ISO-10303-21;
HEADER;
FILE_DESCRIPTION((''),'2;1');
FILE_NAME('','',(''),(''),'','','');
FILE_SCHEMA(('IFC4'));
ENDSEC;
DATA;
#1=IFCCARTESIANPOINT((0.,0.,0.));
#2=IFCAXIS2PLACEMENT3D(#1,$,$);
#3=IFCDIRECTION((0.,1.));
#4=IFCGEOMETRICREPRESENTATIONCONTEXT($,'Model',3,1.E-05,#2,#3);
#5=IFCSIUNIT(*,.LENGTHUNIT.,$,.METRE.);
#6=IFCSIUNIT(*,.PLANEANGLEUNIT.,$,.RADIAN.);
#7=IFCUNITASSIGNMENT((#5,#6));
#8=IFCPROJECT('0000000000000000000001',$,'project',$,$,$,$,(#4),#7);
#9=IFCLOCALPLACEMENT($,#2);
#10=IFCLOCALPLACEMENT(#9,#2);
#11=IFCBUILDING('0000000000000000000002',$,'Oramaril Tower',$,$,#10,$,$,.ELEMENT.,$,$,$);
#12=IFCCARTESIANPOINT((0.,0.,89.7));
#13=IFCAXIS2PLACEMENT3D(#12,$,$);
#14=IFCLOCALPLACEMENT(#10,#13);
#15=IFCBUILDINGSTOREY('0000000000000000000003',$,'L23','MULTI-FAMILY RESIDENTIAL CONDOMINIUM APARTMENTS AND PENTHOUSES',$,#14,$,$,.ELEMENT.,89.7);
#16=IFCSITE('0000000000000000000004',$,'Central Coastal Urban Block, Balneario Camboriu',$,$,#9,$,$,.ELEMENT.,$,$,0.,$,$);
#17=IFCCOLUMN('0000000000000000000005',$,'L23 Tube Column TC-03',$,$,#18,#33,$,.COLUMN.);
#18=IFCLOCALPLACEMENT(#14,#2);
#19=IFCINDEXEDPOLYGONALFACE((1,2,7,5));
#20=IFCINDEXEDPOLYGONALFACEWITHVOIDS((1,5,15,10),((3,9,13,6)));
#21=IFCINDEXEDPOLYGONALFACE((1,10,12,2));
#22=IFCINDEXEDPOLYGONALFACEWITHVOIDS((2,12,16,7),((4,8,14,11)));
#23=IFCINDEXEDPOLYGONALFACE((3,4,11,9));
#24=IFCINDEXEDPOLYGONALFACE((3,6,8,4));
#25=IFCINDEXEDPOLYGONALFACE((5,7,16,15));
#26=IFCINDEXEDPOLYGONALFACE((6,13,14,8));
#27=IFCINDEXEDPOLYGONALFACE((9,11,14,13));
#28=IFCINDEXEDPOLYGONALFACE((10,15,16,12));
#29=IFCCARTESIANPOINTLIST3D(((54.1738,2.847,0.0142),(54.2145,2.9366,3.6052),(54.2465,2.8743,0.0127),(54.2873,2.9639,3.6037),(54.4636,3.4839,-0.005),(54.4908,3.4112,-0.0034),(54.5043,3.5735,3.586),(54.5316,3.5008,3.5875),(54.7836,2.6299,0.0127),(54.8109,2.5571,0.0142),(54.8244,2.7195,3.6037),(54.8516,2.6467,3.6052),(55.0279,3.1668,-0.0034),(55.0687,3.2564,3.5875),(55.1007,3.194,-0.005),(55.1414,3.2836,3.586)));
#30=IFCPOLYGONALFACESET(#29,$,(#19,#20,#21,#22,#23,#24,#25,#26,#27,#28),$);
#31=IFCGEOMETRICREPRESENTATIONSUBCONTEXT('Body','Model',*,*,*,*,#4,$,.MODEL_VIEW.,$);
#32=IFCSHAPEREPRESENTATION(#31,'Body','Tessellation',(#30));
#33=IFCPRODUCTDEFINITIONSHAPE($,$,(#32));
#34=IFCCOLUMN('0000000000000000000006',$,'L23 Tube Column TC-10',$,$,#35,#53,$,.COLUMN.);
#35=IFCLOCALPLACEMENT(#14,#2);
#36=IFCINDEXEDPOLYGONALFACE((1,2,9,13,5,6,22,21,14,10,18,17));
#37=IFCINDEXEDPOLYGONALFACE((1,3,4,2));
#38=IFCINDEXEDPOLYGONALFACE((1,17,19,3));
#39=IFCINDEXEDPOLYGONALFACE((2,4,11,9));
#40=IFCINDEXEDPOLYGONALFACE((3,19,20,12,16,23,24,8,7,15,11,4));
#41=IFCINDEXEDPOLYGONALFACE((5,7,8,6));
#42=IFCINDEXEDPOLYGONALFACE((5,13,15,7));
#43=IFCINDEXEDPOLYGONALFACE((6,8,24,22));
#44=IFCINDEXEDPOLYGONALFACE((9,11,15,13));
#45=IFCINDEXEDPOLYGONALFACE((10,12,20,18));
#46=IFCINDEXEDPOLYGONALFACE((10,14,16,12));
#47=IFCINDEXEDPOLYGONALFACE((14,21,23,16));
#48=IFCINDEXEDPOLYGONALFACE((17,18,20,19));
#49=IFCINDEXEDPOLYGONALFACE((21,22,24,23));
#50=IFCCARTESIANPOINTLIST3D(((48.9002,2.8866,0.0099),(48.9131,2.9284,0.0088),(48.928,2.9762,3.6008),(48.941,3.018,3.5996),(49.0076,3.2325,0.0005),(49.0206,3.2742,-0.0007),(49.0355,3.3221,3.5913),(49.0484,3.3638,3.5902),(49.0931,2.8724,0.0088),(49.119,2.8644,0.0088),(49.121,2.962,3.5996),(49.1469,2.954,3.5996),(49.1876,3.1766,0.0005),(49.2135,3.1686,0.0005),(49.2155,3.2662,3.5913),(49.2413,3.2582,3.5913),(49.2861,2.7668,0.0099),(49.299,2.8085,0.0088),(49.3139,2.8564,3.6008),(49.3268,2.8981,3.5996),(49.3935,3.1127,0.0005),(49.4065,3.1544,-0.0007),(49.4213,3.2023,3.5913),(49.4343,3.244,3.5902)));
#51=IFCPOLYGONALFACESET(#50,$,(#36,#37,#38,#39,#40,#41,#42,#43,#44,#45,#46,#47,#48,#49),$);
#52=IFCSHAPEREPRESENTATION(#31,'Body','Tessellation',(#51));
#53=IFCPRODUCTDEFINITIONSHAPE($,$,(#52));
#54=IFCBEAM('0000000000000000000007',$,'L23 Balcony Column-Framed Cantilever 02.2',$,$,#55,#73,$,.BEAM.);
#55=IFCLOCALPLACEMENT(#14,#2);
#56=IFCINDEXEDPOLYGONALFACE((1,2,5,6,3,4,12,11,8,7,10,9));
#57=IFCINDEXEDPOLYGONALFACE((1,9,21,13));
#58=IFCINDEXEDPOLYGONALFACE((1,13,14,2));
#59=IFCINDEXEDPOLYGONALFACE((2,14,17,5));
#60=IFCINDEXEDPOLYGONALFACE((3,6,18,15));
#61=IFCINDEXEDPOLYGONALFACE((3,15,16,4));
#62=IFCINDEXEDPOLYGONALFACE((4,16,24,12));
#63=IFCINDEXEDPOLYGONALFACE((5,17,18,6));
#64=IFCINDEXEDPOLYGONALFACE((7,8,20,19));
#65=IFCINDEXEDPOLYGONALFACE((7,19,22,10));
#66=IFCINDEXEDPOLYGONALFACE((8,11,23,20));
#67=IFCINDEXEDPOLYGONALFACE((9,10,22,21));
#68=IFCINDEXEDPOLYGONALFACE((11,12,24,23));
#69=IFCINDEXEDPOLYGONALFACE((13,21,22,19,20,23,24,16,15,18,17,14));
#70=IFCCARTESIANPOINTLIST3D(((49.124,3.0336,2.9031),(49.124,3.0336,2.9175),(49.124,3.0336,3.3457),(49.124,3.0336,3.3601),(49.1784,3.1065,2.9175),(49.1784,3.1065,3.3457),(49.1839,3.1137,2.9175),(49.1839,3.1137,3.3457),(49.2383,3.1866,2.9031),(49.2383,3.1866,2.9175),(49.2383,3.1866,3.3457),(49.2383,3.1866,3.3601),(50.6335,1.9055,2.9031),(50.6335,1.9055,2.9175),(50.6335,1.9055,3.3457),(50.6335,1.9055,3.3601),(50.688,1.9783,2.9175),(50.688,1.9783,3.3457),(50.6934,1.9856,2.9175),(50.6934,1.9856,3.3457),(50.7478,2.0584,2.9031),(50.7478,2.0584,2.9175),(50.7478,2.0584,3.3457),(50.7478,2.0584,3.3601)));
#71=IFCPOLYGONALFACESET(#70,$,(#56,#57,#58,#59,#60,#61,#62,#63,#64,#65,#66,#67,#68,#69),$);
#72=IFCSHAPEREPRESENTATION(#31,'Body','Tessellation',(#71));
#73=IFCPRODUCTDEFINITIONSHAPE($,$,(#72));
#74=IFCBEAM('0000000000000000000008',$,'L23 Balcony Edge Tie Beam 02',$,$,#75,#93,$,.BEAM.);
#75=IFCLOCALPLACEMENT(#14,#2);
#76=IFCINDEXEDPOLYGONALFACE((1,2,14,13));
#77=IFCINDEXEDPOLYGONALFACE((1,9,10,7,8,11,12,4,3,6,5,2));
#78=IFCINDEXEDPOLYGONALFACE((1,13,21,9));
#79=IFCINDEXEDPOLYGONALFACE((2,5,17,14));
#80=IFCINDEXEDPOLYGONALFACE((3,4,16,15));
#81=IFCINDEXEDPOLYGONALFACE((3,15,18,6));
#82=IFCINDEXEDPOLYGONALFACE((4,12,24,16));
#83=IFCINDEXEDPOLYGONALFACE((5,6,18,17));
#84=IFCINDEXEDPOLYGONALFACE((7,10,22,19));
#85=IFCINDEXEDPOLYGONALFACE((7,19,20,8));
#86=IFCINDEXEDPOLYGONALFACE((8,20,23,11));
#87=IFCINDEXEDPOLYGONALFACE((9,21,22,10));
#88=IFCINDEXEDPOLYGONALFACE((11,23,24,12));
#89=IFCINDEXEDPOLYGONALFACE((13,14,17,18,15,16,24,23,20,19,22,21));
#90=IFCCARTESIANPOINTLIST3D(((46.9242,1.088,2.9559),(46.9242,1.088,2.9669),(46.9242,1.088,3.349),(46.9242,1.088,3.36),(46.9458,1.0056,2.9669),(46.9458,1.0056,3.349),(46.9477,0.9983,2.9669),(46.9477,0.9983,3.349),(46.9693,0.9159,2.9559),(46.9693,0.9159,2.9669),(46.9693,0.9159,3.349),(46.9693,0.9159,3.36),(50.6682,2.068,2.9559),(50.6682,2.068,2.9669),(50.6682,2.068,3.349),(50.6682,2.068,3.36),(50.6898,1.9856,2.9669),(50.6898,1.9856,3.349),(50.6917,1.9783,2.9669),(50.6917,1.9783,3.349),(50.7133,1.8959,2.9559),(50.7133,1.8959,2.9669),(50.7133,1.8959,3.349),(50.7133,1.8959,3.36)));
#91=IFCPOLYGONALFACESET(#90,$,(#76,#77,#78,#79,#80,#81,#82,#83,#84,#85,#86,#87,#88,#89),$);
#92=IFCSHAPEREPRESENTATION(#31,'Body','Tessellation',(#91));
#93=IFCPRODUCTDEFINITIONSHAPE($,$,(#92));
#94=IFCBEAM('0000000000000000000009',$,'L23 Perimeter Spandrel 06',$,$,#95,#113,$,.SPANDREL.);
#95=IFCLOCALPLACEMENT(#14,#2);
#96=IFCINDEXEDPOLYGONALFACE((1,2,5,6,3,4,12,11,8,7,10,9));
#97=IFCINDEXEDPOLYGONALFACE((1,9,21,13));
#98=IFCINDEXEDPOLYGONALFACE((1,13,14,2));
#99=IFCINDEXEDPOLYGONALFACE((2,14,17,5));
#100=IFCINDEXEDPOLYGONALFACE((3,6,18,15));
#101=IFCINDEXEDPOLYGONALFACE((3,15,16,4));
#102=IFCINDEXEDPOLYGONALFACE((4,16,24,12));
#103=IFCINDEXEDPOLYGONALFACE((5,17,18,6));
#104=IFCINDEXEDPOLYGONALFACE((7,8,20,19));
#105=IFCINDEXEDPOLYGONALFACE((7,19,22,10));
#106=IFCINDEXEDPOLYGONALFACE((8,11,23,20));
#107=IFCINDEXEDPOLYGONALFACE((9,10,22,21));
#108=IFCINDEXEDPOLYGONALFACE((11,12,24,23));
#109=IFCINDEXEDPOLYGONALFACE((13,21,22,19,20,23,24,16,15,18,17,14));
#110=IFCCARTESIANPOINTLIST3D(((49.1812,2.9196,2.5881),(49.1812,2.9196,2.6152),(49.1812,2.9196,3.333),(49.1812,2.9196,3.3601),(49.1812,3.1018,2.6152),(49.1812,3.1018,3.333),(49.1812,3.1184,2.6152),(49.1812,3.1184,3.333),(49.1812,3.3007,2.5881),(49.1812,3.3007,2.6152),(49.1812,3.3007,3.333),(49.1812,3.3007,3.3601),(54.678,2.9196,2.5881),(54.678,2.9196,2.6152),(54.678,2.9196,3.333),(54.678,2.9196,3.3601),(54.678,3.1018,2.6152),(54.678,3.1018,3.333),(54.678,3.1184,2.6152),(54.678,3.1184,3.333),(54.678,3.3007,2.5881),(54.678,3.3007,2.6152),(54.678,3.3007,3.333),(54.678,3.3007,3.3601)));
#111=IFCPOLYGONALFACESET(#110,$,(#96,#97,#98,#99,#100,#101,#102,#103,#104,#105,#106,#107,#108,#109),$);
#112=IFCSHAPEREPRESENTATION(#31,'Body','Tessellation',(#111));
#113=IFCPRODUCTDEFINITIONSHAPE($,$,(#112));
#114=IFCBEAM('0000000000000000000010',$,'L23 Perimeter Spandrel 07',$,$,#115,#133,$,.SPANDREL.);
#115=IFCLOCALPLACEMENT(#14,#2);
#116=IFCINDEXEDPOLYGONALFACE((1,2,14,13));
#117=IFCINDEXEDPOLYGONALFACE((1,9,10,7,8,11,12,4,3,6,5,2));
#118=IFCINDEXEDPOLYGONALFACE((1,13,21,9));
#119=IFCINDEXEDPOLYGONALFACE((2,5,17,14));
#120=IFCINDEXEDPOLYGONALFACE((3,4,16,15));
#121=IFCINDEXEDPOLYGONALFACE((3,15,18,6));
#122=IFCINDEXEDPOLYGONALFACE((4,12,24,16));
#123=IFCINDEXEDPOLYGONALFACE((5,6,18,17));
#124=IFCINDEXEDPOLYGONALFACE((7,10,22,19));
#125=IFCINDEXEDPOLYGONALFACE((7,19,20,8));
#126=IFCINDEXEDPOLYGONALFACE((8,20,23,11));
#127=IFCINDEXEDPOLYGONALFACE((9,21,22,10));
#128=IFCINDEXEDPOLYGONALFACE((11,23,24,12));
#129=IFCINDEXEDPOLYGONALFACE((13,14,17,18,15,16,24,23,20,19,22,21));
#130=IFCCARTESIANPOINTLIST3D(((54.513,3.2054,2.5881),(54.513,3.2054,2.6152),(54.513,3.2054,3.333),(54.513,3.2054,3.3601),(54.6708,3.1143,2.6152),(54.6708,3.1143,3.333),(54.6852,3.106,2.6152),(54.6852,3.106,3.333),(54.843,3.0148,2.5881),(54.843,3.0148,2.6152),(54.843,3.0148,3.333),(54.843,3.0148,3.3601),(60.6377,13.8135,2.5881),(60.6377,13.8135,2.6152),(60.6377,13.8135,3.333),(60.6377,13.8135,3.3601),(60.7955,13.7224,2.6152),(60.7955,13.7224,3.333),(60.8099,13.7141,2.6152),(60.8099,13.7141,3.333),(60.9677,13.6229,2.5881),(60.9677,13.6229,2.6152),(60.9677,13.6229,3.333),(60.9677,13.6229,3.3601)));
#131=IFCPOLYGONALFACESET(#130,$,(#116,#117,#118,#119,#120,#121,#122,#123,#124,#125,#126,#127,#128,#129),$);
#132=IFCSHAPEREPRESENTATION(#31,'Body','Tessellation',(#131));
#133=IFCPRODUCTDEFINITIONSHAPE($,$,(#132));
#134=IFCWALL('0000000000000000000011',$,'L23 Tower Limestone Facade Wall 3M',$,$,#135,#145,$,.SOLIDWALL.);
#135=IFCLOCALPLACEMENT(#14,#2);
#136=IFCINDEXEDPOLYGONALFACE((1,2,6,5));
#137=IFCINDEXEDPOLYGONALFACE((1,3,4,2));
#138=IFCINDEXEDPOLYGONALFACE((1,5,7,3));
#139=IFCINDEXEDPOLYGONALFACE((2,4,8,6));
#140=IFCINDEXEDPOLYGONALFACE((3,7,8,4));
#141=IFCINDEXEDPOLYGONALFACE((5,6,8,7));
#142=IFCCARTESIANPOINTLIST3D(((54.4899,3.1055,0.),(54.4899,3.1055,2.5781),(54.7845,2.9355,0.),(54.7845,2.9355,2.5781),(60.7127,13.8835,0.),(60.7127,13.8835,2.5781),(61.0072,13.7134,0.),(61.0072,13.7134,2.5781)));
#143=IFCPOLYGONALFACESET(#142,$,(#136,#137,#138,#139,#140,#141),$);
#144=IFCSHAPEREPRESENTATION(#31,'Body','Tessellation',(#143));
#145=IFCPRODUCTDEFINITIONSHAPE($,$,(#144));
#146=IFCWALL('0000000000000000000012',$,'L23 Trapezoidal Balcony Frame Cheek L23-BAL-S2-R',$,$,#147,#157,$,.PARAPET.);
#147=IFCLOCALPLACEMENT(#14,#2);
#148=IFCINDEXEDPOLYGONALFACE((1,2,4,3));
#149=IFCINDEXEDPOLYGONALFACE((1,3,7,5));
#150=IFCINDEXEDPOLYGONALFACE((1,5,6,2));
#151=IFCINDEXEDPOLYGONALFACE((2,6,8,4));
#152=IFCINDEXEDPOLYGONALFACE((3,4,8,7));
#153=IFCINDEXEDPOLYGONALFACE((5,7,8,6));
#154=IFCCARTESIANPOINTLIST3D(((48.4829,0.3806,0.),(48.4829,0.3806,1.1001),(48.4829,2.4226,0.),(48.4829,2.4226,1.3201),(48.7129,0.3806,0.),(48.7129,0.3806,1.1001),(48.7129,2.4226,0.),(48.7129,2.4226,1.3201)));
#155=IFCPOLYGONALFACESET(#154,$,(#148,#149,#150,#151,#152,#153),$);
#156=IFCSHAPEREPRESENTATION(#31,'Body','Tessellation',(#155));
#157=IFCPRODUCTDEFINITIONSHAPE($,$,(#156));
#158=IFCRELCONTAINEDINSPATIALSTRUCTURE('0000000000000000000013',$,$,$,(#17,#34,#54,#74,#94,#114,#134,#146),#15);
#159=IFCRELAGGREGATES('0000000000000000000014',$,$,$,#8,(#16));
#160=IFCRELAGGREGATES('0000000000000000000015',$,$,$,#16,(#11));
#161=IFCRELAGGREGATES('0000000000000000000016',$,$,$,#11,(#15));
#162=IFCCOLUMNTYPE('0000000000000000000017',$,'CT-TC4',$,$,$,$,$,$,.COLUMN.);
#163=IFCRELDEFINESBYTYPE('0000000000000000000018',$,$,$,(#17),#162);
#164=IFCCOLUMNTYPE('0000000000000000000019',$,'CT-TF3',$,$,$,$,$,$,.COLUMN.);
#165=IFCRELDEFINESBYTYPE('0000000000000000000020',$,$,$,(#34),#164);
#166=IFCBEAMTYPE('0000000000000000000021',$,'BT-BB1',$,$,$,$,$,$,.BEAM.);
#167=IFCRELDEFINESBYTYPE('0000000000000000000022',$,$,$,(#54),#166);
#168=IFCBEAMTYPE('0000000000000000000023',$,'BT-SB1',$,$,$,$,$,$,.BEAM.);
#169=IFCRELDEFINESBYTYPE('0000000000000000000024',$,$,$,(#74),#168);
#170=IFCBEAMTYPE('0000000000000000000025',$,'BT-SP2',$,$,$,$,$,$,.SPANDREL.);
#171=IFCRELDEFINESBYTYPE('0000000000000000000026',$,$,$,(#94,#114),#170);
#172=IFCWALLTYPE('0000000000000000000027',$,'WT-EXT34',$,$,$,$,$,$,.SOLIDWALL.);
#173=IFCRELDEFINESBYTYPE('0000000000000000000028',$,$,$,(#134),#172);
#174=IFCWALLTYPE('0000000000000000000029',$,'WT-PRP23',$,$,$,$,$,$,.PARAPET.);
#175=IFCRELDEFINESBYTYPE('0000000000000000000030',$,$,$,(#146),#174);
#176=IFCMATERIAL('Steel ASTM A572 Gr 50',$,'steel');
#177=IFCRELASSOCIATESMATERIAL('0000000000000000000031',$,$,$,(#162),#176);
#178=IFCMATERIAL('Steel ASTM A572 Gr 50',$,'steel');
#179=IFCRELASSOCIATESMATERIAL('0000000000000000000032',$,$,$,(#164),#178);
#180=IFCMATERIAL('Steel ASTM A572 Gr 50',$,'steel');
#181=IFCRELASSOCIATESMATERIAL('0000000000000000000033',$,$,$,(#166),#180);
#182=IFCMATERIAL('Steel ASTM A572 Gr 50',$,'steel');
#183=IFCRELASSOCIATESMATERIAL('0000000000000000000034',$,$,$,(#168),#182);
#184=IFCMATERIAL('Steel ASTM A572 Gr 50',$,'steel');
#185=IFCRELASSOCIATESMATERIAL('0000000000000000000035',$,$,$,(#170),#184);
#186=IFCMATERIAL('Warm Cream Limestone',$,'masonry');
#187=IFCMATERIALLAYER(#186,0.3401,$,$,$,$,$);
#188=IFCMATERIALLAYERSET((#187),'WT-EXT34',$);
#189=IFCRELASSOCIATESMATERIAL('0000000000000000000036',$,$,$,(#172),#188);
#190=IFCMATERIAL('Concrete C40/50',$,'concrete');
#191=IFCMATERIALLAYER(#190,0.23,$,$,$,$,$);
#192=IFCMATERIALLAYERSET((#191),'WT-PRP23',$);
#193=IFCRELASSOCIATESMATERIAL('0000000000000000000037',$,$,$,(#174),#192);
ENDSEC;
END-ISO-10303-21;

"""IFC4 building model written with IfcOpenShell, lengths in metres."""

from ifc_helpers import new_model, si_unit, direction, frame, frame_2d, origin, origin_2d, place, context, subcontext, project, spatial, polyline, rectangle, hollow_rectangle, i_section, outline, extrude, material, layer, layer_set, material_profile, profile_set, type_object, element, save


model = new_model("IFC4")

# Units and contexts
model_context = context("Model", 3, precision=1e-05, world=origin(), true_north=direction((0.0, 1.0)))
body_context = subcontext(model_context, "Body", "Model", "MODEL_VIEW")
ifc_project = project(units=[si_unit("LENGTHUNIT", "METRE"), si_unit("PLANEANGLEUNIT", "RADIAN")], contexts=[model_context])

# Site, building, storey
site_placement = place(None, origin())
site = spatial("IfcSite", under=ifc_project, at=site_placement, Name="Central Coastal Urban Block, Balneario Camboriu", CompositionType="ELEMENT", RefElevation=0.0)
building_placement = place(site_placement, origin())
building = spatial("IfcBuilding", under=site, at=building_placement, Name="Oramaril Tower", CompositionType="ELEMENT")
storey_placement = place(building_placement, frame((0.0, 0.0, 89.7)))
storey = spatial("IfcBuildingStorey", under=building, at=storey_placement, Name="L23", Description="MULTI-FAMILY RESIDENTIAL CONDOMINIUM APARTMENTS AND PENTHOUSES", CompositionType="ELEMENT", Elevation=89.7)

# Columns
ifc_material_1 = material(Name="Steel ASTM A572 Gr 50", Category="steel")
ifc_material_profile_1 = material_profile(ifc_material_1, hollow_rectangle(XDim=0.7, YDim=0.7, WallThickness=0.0549, at=origin_2d()), Name="BOX700X700X55")
ifc_profile_set_1 = profile_set([ifc_material_profile_1], Name="Steel ASTM A572 Gr 50")
column_type_1 = type_object("IfcColumnType", Name="CT-TC4", PredefinedType="COLUMN", material=ifc_profile_set_1)
column_1_placement = place(storey_placement, frame((54.6372, 3.0205, 0.0046), z_axis=(0.01135, 0.024943, 0.999624), x_axis=(-0.910197, 0.414177, 0.0)))
element("IfcColumn", 1, at=column_1_placement, inside=storey, type_object=column_type_1, Name="L23 Tube Column TC-03", PredefinedType="COLUMN", context=body_context, shape_type="SweptSolid", body=[
    extrude(hollow_rectangle(XDim=0.7, YDim=0.7, WallThickness=0.0549, at=origin_2d()), origin(), (0.0, 0.0, 1.0), 3.5923),
])
ifc_material_2 = material(Name="Steel ASTM A572 Gr 50", Category="steel")
ifc_material_profile_2 = material_profile(ifc_material_2, i_section(OverallWidth=0.4041, OverallDepth=0.406, WebThickness=0.0271, FlangeThickness=0.0437, at=origin_2d()), Name="W14X233")
ifc_profile_set_2 = profile_set([ifc_material_profile_2], Name="Steel ASTM A572 Gr 50")
column_type_2 = type_object("IfcColumnType", Name="CT-TF3", PredefinedType="COLUMN", material=ifc_profile_set_2)
column_2_placement = place(storey_placement, frame((49.1533, 3.0205, 0.0046), z_axis=(0.007748, 0.024944, 0.999659), x_axis=(-0.954988, 0.296645, 0.0)))
element("IfcColumn", 2, at=column_2_placement, inside=storey, type_object=column_type_2, Name="L23 Tube Column TC-10", PredefinedType="COLUMN", context=body_context, shape_type="SweptSolid", body=[
    extrude(i_section(OverallWidth=0.4041, OverallDepth=0.406, WebThickness=0.0271, FlangeThickness=0.0437, at=origin_2d()), origin(), (0.0, 0.0, 1.0), 3.592),
])

# Beams
ifc_material_3 = material(Name="Steel ASTM A572 Gr 50", Category="steel")
ifc_material_profile_3 = material_profile(ifc_material_3, i_section(OverallWidth=0.1909, OverallDepth=0.457, WebThickness=0.009, FlangeThickness=0.0144, at=origin_2d()), Name="W18X50")
ifc_profile_set_3 = profile_set([ifc_material_profile_3], Name="Steel ASTM A572 Gr 50")
beam_type_1 = type_object("IfcBeamType", Name="BT-BB1", PredefinedType="BEAM", material=ifc_profile_set_3)
beam_1_placement = place(storey_placement, frame((49.1812, 3.1101, 3.1316), z_axis=(0.801009, -0.598652, 0.0), x_axis=(0.598652, 0.801009, 0.0)))
element("IfcBeam", 3, at=beam_1_placement, inside=storey, type_object=beam_type_1, Name="L23 Balcony Column-Framed Cantilever 02.2", PredefinedType="BEAM", context=body_context, shape_type="SweptSolid", body=[
    extrude(i_section(OverallWidth=0.1909, OverallDepth=0.457, WebThickness=0.009, FlangeThickness=0.0144, at=origin_2d()), origin(), (0.0, 0.0, 1.0), 1.8845),
])
ifc_material_4 = material(Name="Steel ASTM A572 Gr 50", Category="steel")
ifc_material_profile_4 = material_profile(ifc_material_4, i_section(OverallWidth=0.178, OverallDepth=0.4041, WebThickness=0.0076, FlangeThickness=0.011, at=origin_2d()), Name="W16X36")
ifc_profile_set_4 = profile_set([ifc_material_profile_4], Name="Steel ASTM A572 Gr 50")
beam_type_2 = type_object("IfcBeamType", Name="BT-SB1", PredefinedType="BEAM", material=ifc_profile_set_4)
beam_2_placement = place(storey_placement, frame((46.9468, 1.002, 3.158), z_axis=(0.967408, 0.253223, 0.0), x_axis=(-0.253223, 0.967408, 0.0)))
element("IfcBeam", 4, at=beam_2_placement, inside=storey, type_object=beam_type_2, Name="L23 Balcony Edge Tie Beam 02", PredefinedType="BEAM", context=body_context, shape_type="SweptSolid", body=[
    extrude(i_section(OverallWidth=0.178, OverallDepth=0.4041, WebThickness=0.0076, FlangeThickness=0.011, at=origin_2d()), origin(), (0.0, 0.0, 1.0), 3.8701),
])
ifc_material_5 = material(Name="Steel ASTM A572 Gr 50", Category="steel")
ifc_material_profile_5 = material_profile(ifc_material_5, i_section(OverallWidth=0.3811, OverallDepth=0.772, WebThickness=0.0166, FlangeThickness=0.0271, at=origin_2d()), Name="W30X173")
ifc_profile_set_5 = profile_set([ifc_material_profile_5], Name="Steel ASTM A572 Gr 50")
beam_type_3 = type_object("IfcBeamType", Name="BT-SP2", PredefinedType="SPANDREL", material=ifc_profile_set_5)
beam_3_placement = place(storey_placement, frame((49.1812, 3.1101, 2.9741), z_axis=(1.0, 0.0, 0.0), x_axis=(0.0, 1.0, 0.0)))
element("IfcBeam", 5, at=beam_3_placement, inside=storey, type_object=beam_type_3, Name="L23 Perimeter Spandrel 06", PredefinedType="SPANDREL", context=body_context, shape_type="SweptSolid", body=[
    extrude(i_section(OverallWidth=0.3811, OverallDepth=0.772, WebThickness=0.0166, FlangeThickness=0.0271, at=origin_2d()), origin(), (0.0, 0.0, 1.0), 5.4968),
])
beam_4_placement = place(storey_placement, frame((54.678, 3.1101, 2.9741), z_axis=(0.500008, 0.866021, 0.0), x_axis=(-0.866021, 0.500008, 0.0)))
element("IfcBeam", 6, at=beam_4_placement, inside=storey, type_object=beam_type_3, Name="L23 Perimeter Spandrel 07", PredefinedType="SPANDREL", context=body_context, shape_type="SweptSolid", body=[
    extrude(i_section(OverallWidth=0.3811, OverallDepth=0.772, WebThickness=0.0166, FlangeThickness=0.0271, at=origin_2d()), origin(), (0.0, 0.0, 1.0), 12.2493),
])

# Walls
ifc_material_6 = material(Name="Warm Cream Limestone", Category="masonry")
ifc_layer_1 = layer(ifc_material_6, 0.3401)
ifc_layer_set_1 = layer_set([ifc_layer_1], Name="WT-EXT34")
wall_type_1 = type_object("IfcWallType", Name="WT-EXT34", PredefinedType="SOLIDWALL", material=ifc_layer_set_1)
wall_1_placement = place(storey_placement, frame((54.6372, 3.0205, 0.0), z_axis=(0.0, 0.0, 1.0), x_axis=(0.500004, 0.866023, 0.0)))
element("IfcWall", 7, at=wall_1_placement, inside=storey, type_object=wall_type_1, Name="L23 Tower Limestone Facade Wall 3M", PredefinedType="SOLIDWALL", context=body_context, shape_type="SweptSolid", body=[
    extrude(rectangle(XDim=12.4453, YDim=0.3401, at=frame_2d((6.2227, 0.0))), origin(), (0.0, 0.0, 1.0), 2.5781),
])
ifc_material_7 = material(Name="Concrete C40/50", Category="concrete")
ifc_layer_2 = layer(ifc_material_7, 0.23)
ifc_layer_set_2 = layer_set([ifc_layer_2], Name="WT-PRP23")
wall_type_2 = type_object("IfcWallType", Name="WT-PRP23", PredefinedType="PARAPET", material=ifc_layer_set_2)
wall_2_placement = place(storey_placement, frame((48.5979, 2.4226, 0.0), z_axis=(0.0, 0.0, 1.0), x_axis=(0.0, -1.0, 0.0)))
element("IfcWall", 8, at=wall_2_placement, inside=storey, type_object=wall_type_2, Name="L23 Trapezoidal Balcony Frame Cheek L23-BAL-S2-R", PredefinedType="PARAPET", context=body_context, shape_type="SweptSolid", body=[
    extrude(outline(polyline([(0.0, 0.0), (2.042, 0.0), (2.042, 1.1001), (0.0, 1.3201), (0.0, 0.0)])), frame((0.0, 0.115, 0.0), z_axis=(0.0, -1.0, 0.0), x_axis=(1.0, 0.0, 0.0)), (0.0, 0.0, 1.0), 0.23),
])

save(model, "model.ifc")
